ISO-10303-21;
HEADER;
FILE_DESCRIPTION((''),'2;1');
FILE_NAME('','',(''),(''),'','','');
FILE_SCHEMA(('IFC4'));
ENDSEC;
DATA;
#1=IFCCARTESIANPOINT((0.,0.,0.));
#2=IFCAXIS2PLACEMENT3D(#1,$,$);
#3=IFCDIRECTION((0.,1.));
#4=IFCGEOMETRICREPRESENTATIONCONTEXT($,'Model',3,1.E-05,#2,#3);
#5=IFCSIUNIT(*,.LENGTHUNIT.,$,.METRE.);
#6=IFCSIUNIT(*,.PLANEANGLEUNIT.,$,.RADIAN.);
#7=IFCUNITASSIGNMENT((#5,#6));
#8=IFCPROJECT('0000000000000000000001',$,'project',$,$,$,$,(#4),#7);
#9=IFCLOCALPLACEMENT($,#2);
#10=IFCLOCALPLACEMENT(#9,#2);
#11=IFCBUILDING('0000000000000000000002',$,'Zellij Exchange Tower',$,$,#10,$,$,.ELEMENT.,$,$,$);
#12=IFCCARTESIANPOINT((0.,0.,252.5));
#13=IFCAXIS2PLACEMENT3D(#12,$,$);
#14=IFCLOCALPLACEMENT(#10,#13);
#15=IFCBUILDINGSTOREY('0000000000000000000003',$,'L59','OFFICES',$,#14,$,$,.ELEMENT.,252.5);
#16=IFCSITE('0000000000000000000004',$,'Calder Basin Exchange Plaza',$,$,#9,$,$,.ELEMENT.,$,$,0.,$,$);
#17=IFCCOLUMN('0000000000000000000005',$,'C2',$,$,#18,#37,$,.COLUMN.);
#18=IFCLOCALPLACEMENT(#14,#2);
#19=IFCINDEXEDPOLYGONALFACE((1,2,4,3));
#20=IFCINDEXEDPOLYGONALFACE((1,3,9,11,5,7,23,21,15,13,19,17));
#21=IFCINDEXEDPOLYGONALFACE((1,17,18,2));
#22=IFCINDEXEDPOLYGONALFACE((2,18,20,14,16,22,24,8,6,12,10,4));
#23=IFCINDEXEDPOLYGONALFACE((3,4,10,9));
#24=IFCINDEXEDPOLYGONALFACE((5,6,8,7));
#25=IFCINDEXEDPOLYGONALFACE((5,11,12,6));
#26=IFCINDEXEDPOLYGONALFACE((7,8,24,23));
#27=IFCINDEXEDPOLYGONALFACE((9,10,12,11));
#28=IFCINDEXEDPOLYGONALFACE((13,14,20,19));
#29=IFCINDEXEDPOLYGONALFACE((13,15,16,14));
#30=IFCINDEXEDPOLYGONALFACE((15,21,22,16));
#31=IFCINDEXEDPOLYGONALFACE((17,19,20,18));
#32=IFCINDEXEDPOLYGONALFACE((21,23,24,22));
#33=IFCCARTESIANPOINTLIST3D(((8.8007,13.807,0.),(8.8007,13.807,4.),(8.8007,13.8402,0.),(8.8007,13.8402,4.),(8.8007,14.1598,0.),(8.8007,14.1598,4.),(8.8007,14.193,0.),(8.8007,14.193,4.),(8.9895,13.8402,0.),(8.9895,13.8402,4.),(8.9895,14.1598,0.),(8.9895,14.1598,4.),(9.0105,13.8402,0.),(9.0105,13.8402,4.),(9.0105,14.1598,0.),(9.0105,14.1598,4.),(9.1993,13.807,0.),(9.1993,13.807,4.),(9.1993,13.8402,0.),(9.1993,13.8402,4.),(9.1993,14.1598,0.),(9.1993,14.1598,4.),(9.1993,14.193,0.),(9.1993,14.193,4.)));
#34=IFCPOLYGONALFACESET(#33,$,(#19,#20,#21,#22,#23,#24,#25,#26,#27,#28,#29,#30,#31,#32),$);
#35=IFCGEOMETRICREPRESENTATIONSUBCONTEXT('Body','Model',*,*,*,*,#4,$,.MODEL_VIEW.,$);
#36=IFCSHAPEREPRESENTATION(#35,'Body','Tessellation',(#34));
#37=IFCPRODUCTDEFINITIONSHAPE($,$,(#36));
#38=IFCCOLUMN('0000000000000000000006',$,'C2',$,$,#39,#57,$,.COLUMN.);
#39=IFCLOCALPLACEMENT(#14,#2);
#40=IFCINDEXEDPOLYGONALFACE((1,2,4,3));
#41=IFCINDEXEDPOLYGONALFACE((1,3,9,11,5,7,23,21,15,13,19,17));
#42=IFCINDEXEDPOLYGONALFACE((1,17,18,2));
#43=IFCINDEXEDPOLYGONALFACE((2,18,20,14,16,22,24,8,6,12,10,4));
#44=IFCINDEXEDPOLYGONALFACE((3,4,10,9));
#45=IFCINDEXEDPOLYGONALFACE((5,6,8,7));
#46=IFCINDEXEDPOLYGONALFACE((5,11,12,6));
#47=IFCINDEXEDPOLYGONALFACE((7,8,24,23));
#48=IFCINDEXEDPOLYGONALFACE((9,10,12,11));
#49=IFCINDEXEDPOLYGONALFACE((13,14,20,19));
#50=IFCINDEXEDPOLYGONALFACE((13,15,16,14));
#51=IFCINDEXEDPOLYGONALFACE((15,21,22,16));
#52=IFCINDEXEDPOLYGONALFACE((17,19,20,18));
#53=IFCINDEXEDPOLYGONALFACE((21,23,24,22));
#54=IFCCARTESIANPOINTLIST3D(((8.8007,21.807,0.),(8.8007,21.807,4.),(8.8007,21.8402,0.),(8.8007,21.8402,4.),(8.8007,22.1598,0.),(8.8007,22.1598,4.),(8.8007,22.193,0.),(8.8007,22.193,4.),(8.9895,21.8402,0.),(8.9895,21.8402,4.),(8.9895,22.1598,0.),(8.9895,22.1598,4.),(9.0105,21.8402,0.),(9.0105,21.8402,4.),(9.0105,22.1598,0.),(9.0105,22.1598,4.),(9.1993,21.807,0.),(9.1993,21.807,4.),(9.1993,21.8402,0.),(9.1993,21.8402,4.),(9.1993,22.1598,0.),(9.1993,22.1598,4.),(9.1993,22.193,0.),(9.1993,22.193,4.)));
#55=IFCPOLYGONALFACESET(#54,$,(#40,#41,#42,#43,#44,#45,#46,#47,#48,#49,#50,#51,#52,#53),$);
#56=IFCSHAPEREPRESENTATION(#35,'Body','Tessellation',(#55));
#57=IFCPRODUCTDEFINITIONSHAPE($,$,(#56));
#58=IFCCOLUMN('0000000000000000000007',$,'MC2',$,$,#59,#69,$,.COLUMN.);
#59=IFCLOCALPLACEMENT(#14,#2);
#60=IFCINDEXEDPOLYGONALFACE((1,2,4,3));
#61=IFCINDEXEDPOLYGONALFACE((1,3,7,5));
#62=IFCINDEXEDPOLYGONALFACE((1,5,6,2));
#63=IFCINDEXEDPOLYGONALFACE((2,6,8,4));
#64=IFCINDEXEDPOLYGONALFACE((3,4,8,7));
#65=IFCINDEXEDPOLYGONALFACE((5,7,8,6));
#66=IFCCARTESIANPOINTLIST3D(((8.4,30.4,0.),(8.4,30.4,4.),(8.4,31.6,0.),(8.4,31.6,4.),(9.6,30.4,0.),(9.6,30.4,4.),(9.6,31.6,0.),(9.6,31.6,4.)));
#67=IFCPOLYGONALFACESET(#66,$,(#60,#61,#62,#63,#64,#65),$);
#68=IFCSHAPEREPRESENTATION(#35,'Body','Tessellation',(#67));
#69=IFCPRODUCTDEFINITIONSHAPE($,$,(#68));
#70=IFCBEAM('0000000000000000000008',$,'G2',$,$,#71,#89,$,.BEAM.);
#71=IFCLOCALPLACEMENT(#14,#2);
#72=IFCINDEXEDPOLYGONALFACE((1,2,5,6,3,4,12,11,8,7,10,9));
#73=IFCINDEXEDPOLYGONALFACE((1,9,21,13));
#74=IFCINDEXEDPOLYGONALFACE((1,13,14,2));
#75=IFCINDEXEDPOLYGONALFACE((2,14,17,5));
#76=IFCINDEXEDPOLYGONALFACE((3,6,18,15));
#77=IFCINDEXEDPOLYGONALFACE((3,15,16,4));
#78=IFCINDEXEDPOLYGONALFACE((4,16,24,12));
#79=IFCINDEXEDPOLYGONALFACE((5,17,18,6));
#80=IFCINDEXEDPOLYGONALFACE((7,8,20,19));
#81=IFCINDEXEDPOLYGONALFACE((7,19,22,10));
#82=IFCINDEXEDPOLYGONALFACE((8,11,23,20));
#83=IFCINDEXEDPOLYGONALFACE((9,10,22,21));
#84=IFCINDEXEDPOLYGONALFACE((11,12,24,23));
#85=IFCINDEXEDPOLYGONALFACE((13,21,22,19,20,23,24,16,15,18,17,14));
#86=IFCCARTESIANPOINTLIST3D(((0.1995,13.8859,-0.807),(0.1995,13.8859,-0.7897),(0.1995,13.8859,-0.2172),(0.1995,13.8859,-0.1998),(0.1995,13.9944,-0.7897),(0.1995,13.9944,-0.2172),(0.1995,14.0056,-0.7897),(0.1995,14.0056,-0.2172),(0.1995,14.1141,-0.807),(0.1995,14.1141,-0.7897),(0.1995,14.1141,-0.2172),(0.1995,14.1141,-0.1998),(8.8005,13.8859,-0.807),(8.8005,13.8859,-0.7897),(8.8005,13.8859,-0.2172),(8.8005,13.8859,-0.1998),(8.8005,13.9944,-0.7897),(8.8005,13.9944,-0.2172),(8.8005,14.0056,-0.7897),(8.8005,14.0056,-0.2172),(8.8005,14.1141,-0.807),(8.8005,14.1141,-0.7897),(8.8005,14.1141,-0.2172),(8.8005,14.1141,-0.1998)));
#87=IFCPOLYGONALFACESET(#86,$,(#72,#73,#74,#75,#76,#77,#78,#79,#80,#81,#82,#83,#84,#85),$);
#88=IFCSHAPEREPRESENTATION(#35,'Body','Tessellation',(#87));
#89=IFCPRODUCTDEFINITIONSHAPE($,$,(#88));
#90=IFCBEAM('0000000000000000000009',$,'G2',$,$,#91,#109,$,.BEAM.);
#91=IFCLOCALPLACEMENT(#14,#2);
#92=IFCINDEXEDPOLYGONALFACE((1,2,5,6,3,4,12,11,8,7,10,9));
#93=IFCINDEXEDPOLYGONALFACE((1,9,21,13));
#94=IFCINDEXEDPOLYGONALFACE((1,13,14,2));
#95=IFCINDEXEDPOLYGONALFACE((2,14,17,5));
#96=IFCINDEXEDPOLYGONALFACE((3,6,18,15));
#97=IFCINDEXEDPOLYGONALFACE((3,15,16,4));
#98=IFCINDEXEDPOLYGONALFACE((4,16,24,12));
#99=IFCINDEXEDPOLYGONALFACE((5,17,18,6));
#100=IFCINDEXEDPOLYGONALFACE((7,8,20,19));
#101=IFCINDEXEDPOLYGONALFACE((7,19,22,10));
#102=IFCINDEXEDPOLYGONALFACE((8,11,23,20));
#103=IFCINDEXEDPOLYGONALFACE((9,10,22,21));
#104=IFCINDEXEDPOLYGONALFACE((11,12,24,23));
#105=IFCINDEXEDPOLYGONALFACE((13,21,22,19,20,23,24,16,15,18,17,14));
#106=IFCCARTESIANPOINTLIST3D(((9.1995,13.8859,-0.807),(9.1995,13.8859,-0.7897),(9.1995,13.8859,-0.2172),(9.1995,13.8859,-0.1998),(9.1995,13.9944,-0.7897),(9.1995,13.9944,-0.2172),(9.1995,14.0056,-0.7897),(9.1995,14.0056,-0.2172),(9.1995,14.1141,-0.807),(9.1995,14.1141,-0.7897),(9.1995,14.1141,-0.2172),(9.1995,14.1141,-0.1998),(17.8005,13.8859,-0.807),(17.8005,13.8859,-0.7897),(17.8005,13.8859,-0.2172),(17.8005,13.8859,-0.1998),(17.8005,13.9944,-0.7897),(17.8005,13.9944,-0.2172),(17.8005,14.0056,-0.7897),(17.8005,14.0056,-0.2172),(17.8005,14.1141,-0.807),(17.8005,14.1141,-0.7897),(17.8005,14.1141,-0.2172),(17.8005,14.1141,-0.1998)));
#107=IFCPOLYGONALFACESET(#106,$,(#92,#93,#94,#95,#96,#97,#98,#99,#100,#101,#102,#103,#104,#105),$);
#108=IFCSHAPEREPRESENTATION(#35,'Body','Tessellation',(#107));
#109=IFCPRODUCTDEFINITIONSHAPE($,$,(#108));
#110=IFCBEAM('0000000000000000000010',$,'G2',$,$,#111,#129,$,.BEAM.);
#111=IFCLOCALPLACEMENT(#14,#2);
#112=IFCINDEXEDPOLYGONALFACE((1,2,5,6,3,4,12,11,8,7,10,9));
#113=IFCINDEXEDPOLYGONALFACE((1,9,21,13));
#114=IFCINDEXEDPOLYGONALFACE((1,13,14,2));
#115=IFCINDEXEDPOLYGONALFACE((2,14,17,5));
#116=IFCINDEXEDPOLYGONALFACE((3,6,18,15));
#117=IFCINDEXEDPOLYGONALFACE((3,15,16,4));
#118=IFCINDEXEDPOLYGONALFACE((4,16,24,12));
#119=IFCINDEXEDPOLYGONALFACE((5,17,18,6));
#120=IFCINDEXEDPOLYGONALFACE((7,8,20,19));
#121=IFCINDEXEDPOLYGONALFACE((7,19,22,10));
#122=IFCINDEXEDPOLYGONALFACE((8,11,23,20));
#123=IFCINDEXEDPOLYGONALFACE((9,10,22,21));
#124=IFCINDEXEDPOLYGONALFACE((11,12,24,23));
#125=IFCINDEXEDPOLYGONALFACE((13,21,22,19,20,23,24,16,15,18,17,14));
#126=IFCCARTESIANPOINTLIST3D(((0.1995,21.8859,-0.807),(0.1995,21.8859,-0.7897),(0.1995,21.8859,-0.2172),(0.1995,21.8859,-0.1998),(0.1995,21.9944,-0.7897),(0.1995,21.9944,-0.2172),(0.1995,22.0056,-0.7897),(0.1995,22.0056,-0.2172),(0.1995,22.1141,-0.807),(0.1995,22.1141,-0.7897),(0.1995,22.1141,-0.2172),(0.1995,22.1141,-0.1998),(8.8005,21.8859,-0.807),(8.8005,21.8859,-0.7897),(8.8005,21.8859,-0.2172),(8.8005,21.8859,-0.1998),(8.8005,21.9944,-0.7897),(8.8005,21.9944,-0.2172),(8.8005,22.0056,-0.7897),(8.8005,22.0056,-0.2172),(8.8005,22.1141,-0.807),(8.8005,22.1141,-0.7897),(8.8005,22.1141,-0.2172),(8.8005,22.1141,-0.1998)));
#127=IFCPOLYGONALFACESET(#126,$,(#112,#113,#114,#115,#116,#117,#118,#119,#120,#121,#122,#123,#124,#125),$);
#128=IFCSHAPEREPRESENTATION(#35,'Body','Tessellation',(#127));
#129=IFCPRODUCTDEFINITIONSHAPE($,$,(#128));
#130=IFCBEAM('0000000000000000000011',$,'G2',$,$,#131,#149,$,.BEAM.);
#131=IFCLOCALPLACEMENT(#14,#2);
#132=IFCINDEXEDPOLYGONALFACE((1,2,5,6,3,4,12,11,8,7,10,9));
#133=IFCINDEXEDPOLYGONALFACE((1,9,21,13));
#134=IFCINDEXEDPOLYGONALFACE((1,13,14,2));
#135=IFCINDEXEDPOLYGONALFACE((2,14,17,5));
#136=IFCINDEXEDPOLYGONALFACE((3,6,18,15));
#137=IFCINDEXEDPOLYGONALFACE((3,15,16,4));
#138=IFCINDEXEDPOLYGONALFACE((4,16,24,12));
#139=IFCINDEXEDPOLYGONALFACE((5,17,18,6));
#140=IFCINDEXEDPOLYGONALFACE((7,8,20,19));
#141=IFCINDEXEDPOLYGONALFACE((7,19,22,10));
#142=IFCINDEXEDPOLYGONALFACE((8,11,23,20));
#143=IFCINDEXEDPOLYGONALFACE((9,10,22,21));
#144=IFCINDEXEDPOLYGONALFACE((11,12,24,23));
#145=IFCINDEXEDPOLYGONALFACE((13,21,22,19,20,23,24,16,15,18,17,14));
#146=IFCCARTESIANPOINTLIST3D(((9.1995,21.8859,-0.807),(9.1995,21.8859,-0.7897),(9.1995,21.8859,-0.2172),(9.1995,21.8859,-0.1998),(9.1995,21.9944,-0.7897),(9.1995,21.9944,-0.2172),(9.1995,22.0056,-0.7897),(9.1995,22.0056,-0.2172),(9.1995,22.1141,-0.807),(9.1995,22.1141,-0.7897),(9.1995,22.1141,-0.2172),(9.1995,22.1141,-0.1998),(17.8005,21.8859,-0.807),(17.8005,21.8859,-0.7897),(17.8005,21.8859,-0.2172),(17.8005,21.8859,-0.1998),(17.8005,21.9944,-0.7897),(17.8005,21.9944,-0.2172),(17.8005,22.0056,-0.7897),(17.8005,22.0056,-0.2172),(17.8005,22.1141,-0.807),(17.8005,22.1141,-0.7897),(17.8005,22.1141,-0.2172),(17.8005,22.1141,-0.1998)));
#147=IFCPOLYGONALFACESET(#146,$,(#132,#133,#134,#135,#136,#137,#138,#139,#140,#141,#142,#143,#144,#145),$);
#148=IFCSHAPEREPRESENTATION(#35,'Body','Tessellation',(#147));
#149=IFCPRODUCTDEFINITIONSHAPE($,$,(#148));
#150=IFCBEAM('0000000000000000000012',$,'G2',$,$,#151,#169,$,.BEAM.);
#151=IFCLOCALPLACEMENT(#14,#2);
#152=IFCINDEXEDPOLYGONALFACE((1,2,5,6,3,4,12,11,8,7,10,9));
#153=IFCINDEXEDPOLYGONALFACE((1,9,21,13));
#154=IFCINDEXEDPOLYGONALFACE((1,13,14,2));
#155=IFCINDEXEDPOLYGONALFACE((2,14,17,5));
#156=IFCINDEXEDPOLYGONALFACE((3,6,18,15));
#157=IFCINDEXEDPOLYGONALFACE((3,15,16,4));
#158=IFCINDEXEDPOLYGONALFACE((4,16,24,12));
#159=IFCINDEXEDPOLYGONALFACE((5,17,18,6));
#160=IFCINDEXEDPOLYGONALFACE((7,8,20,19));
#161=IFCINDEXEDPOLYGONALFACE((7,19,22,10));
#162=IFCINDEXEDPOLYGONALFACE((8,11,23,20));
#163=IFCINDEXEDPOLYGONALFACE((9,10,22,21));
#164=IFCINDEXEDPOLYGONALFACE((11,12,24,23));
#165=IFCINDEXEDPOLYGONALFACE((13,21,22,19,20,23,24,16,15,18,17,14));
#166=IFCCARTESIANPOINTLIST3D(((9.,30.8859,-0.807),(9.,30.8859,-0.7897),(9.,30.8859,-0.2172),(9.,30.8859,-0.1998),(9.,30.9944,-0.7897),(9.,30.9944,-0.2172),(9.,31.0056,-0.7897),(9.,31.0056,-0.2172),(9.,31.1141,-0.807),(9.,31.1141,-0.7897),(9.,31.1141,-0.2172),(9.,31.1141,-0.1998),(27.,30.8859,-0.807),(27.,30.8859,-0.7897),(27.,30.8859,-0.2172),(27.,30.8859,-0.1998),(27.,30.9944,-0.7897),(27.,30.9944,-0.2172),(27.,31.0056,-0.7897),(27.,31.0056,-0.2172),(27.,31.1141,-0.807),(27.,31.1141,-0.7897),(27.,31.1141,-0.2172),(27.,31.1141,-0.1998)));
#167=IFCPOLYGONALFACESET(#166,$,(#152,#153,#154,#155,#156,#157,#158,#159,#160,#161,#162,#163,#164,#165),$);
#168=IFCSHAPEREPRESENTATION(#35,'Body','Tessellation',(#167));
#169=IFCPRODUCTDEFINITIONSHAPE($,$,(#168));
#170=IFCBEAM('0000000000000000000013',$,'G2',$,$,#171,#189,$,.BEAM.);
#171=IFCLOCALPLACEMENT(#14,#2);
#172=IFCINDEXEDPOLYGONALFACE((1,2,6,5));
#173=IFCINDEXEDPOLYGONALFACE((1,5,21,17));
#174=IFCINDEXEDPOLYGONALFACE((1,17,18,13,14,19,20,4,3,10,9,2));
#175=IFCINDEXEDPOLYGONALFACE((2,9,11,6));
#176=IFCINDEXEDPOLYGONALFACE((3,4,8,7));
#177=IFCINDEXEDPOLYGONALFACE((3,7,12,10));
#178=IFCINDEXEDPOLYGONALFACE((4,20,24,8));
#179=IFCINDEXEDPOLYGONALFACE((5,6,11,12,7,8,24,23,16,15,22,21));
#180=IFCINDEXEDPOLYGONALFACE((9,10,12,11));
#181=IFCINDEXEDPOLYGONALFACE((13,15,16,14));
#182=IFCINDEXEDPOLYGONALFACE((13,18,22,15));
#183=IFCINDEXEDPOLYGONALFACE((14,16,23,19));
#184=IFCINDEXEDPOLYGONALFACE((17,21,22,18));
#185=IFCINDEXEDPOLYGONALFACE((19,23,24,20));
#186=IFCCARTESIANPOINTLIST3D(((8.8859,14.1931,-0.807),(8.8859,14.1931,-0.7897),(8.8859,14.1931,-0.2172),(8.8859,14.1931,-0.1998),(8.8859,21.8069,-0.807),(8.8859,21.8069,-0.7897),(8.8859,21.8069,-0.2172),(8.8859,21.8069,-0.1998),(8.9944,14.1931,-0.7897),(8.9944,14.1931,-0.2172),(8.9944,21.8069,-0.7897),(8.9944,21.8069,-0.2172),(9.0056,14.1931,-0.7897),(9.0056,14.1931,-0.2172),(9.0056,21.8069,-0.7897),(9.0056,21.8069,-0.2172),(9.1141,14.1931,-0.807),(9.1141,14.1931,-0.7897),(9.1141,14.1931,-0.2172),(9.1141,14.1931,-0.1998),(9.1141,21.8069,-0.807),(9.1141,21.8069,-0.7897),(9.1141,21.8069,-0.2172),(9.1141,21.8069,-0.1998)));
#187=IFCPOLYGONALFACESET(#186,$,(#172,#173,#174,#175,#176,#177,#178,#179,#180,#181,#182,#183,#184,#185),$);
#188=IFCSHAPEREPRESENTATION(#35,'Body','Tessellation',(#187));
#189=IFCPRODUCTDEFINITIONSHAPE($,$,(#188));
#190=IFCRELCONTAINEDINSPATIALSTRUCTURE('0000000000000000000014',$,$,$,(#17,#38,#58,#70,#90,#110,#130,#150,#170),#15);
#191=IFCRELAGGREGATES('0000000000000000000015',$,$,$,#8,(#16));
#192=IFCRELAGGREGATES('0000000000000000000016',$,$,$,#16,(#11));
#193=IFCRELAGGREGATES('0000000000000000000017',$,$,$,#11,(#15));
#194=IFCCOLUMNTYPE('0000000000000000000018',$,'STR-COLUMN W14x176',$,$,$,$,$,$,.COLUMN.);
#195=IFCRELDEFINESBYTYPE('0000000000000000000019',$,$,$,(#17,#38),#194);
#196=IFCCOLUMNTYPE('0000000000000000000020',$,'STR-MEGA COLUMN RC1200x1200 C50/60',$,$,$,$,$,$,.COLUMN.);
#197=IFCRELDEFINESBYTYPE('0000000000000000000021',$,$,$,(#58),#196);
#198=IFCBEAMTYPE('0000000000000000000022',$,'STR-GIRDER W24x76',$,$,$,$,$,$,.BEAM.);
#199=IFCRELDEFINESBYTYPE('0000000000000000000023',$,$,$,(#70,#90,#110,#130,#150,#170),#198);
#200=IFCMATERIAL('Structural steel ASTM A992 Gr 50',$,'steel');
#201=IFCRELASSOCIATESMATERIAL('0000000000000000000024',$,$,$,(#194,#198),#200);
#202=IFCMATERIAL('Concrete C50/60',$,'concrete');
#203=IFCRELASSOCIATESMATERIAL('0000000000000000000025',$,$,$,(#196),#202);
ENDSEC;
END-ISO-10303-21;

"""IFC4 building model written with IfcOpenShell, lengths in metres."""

from ifc_helpers import new_model, si_unit, direction, frame, origin, origin_2d, place, context, subcontext, project, spatial, rectangle, i_section, extrude, material, material_profile, profile_set, type_object, element, save


model = new_model("IFC4")

# Units and contexts
model_context = context("Model", 3, precision=1e-05, world=origin(), true_north=direction((0.0, 1.0)))
body_context = subcontext(model_context, "Body", "Model", "MODEL_VIEW")
ifc_project = project(units=[si_unit("LENGTHUNIT", "METRE"), si_unit("PLANEANGLEUNIT", "RADIAN")], contexts=[model_context])

# Site, building, storey
site_placement = place(None, origin())
site = spatial("IfcSite", under=ifc_project, at=site_placement, Name="Calder Basin Exchange Plaza", CompositionType="ELEMENT", RefElevation=0.0)
building_placement = place(site_placement, origin())
building = spatial("IfcBuilding", under=site, at=building_placement, Name="Zellij Exchange Tower", CompositionType="ELEMENT")
storey_placement = place(building_placement, frame((0.0, 0.0, 252.5)))
storey = spatial("IfcBuildingStorey", under=building, at=storey_placement, Name="L59", Description="OFFICES", CompositionType="ELEMENT", Elevation=252.5)

# Columns
ifc_material_1 = material(Name="Structural steel ASTM A992 Gr 50", Category="steel")
ifc_material_profile_1 = material_profile(ifc_material_1, i_section(OverallWidth=0.3987, OverallDepth=0.386, WebThickness=0.021, FlangeThickness=0.0332, at=origin_2d()), Name="W14x176")
ifc_profile_set_1 = profile_set([ifc_material_profile_1], Name="Structural steel ASTM A992 Gr 50")
column_type_1 = type_object("IfcColumnType", Name="STR-COLUMN W14x176", PredefinedType="COLUMN", material=ifc_profile_set_1)
for number, where, z_axis, x_axis, name in (
    (1, (9.0, 14.0, 0.0), (0.0, 0.0, 1.0), (1.0, 0.0, 0.0), "C2"),
    (2, (9.0, 22.0, 0.0), (0.0, 0.0, 1.0), (1.0, 0.0, 0.0), "C2"),
):
    element("IfcColumn", number, at=place(storey_placement, frame(where, z_axis=z_axis, x_axis=x_axis)), inside=storey, type_object=column_type_1, Name=name, PredefinedType="COLUMN", context=body_context, shape_type="SweptSolid", body=[
        extrude(i_section(OverallWidth=0.3987, OverallDepth=0.386, WebThickness=0.021, FlangeThickness=0.0332, at=origin_2d()), origin(), (0.0, 0.0, 1.0), 4.0),
    ])
ifc_material_2 = material(Name="Concrete C50/60", Category="concrete")
ifc_material_profile_2 = material_profile(ifc_material_2, rectangle(XDim=1.2, YDim=1.2, at=origin_2d()), Name="STR-MEGA COLUMN RC1200x1200 C50/60")
ifc_profile_set_2 = profile_set([ifc_material_profile_2], Name="Concrete C50/60")
column_type_2 = type_object("IfcColumnType", Name="STR-MEGA COLUMN RC1200x1200 C50/60", PredefinedType="COLUMN", material=ifc_profile_set_2)
column_placement = place(storey_placement, frame((9.0, 31.0, 0.0), z_axis=(0.0, 0.0, 1.0), x_axis=(1.0, 0.0, 0.0)))
element("IfcColumn", 3, at=column_placement, inside=storey, type_object=column_type_2, Name="MC2", PredefinedType="COLUMN", context=body_context, shape_type="SweptSolid", body=[
    extrude(rectangle(XDim=1.2, YDim=1.2, at=origin_2d()), origin(), (0.0, 0.0, 1.0), 4.0),
])

# Beams
ifc_material_profile_3 = material_profile(ifc_material_1, i_section(OverallWidth=0.2283, OverallDepth=0.6072, WebThickness=0.0112, FlangeThickness=0.0173, at=origin_2d()), Name="W24x76")
ifc_profile_set_3 = profile_set([ifc_material_profile_3], Name="Structural steel ASTM A992 Gr 50")
beam_type = type_object("IfcBeamType", Name="STR-GIRDER W24x76", PredefinedType="BEAM", material=ifc_profile_set_3)
for number, where, z_axis, x_axis, name in (
    (4, (0.1995, 14.0, -0.5034), (1.0, 0.0, 0.0), (0.0, 1.0, 0.0), "G2"),
    (5, (9.1995, 14.0, -0.5034), (1.0, 0.0, 0.0), (0.0, 1.0, 0.0), "G2"),
    (6, (0.1995, 22.0, -0.5034), (1.0, 0.0, 0.0), (0.0, 1.0, 0.0), "G2"),
    (7, (9.1995, 22.0, -0.5034), (1.0, 0.0, 0.0), (0.0, 1.0, 0.0), "G2"),
):
    element("IfcBeam", number, at=place(storey_placement, frame(where, z_axis=z_axis, x_axis=x_axis)), inside=storey, type_object=beam_type, Name=name, PredefinedType="BEAM", context=body_context, shape_type="SweptSolid", body=[
        extrude(i_section(OverallWidth=0.2283, OverallDepth=0.6072, WebThickness=0.0112, FlangeThickness=0.0173, at=origin_2d()), origin(), (0.0, 0.0, 1.0), 8.6011),
    ])
beam_1_placement = place(storey_placement, frame((9.0, 31.0, -0.5034), z_axis=(1.0, 0.0, 0.0), x_axis=(0.0, 1.0, 0.0)))
element("IfcBeam", 8, at=beam_1_placement, inside=storey, type_object=beam_type, Name="G2", PredefinedType="BEAM", context=body_context, shape_type="SweptSolid", body=[
    extrude(i_section(OverallWidth=0.2283, OverallDepth=0.6072, WebThickness=0.0112, FlangeThickness=0.0173, at=origin_2d()), origin(), (0.0, 0.0, 1.0), 18.0),
])
beam_2_placement = place(storey_placement, frame((9.0, 14.1931, -0.5034), z_axis=(0.0, 1.0, 0.0), x_axis=(-1.0, 0.0, 0.0)))
element("IfcBeam", 9, at=beam_2_placement, inside=storey, type_object=beam_type, Name="G2", PredefinedType="BEAM", context=body_context, shape_type="SweptSolid", body=[
    extrude(i_section(OverallWidth=0.2283, OverallDepth=0.6072, WebThickness=0.0112, FlangeThickness=0.0173, at=origin_2d()), origin(), (0.0, 0.0, 1.0), 7.6138),
])

save(model, "model.ifc")
